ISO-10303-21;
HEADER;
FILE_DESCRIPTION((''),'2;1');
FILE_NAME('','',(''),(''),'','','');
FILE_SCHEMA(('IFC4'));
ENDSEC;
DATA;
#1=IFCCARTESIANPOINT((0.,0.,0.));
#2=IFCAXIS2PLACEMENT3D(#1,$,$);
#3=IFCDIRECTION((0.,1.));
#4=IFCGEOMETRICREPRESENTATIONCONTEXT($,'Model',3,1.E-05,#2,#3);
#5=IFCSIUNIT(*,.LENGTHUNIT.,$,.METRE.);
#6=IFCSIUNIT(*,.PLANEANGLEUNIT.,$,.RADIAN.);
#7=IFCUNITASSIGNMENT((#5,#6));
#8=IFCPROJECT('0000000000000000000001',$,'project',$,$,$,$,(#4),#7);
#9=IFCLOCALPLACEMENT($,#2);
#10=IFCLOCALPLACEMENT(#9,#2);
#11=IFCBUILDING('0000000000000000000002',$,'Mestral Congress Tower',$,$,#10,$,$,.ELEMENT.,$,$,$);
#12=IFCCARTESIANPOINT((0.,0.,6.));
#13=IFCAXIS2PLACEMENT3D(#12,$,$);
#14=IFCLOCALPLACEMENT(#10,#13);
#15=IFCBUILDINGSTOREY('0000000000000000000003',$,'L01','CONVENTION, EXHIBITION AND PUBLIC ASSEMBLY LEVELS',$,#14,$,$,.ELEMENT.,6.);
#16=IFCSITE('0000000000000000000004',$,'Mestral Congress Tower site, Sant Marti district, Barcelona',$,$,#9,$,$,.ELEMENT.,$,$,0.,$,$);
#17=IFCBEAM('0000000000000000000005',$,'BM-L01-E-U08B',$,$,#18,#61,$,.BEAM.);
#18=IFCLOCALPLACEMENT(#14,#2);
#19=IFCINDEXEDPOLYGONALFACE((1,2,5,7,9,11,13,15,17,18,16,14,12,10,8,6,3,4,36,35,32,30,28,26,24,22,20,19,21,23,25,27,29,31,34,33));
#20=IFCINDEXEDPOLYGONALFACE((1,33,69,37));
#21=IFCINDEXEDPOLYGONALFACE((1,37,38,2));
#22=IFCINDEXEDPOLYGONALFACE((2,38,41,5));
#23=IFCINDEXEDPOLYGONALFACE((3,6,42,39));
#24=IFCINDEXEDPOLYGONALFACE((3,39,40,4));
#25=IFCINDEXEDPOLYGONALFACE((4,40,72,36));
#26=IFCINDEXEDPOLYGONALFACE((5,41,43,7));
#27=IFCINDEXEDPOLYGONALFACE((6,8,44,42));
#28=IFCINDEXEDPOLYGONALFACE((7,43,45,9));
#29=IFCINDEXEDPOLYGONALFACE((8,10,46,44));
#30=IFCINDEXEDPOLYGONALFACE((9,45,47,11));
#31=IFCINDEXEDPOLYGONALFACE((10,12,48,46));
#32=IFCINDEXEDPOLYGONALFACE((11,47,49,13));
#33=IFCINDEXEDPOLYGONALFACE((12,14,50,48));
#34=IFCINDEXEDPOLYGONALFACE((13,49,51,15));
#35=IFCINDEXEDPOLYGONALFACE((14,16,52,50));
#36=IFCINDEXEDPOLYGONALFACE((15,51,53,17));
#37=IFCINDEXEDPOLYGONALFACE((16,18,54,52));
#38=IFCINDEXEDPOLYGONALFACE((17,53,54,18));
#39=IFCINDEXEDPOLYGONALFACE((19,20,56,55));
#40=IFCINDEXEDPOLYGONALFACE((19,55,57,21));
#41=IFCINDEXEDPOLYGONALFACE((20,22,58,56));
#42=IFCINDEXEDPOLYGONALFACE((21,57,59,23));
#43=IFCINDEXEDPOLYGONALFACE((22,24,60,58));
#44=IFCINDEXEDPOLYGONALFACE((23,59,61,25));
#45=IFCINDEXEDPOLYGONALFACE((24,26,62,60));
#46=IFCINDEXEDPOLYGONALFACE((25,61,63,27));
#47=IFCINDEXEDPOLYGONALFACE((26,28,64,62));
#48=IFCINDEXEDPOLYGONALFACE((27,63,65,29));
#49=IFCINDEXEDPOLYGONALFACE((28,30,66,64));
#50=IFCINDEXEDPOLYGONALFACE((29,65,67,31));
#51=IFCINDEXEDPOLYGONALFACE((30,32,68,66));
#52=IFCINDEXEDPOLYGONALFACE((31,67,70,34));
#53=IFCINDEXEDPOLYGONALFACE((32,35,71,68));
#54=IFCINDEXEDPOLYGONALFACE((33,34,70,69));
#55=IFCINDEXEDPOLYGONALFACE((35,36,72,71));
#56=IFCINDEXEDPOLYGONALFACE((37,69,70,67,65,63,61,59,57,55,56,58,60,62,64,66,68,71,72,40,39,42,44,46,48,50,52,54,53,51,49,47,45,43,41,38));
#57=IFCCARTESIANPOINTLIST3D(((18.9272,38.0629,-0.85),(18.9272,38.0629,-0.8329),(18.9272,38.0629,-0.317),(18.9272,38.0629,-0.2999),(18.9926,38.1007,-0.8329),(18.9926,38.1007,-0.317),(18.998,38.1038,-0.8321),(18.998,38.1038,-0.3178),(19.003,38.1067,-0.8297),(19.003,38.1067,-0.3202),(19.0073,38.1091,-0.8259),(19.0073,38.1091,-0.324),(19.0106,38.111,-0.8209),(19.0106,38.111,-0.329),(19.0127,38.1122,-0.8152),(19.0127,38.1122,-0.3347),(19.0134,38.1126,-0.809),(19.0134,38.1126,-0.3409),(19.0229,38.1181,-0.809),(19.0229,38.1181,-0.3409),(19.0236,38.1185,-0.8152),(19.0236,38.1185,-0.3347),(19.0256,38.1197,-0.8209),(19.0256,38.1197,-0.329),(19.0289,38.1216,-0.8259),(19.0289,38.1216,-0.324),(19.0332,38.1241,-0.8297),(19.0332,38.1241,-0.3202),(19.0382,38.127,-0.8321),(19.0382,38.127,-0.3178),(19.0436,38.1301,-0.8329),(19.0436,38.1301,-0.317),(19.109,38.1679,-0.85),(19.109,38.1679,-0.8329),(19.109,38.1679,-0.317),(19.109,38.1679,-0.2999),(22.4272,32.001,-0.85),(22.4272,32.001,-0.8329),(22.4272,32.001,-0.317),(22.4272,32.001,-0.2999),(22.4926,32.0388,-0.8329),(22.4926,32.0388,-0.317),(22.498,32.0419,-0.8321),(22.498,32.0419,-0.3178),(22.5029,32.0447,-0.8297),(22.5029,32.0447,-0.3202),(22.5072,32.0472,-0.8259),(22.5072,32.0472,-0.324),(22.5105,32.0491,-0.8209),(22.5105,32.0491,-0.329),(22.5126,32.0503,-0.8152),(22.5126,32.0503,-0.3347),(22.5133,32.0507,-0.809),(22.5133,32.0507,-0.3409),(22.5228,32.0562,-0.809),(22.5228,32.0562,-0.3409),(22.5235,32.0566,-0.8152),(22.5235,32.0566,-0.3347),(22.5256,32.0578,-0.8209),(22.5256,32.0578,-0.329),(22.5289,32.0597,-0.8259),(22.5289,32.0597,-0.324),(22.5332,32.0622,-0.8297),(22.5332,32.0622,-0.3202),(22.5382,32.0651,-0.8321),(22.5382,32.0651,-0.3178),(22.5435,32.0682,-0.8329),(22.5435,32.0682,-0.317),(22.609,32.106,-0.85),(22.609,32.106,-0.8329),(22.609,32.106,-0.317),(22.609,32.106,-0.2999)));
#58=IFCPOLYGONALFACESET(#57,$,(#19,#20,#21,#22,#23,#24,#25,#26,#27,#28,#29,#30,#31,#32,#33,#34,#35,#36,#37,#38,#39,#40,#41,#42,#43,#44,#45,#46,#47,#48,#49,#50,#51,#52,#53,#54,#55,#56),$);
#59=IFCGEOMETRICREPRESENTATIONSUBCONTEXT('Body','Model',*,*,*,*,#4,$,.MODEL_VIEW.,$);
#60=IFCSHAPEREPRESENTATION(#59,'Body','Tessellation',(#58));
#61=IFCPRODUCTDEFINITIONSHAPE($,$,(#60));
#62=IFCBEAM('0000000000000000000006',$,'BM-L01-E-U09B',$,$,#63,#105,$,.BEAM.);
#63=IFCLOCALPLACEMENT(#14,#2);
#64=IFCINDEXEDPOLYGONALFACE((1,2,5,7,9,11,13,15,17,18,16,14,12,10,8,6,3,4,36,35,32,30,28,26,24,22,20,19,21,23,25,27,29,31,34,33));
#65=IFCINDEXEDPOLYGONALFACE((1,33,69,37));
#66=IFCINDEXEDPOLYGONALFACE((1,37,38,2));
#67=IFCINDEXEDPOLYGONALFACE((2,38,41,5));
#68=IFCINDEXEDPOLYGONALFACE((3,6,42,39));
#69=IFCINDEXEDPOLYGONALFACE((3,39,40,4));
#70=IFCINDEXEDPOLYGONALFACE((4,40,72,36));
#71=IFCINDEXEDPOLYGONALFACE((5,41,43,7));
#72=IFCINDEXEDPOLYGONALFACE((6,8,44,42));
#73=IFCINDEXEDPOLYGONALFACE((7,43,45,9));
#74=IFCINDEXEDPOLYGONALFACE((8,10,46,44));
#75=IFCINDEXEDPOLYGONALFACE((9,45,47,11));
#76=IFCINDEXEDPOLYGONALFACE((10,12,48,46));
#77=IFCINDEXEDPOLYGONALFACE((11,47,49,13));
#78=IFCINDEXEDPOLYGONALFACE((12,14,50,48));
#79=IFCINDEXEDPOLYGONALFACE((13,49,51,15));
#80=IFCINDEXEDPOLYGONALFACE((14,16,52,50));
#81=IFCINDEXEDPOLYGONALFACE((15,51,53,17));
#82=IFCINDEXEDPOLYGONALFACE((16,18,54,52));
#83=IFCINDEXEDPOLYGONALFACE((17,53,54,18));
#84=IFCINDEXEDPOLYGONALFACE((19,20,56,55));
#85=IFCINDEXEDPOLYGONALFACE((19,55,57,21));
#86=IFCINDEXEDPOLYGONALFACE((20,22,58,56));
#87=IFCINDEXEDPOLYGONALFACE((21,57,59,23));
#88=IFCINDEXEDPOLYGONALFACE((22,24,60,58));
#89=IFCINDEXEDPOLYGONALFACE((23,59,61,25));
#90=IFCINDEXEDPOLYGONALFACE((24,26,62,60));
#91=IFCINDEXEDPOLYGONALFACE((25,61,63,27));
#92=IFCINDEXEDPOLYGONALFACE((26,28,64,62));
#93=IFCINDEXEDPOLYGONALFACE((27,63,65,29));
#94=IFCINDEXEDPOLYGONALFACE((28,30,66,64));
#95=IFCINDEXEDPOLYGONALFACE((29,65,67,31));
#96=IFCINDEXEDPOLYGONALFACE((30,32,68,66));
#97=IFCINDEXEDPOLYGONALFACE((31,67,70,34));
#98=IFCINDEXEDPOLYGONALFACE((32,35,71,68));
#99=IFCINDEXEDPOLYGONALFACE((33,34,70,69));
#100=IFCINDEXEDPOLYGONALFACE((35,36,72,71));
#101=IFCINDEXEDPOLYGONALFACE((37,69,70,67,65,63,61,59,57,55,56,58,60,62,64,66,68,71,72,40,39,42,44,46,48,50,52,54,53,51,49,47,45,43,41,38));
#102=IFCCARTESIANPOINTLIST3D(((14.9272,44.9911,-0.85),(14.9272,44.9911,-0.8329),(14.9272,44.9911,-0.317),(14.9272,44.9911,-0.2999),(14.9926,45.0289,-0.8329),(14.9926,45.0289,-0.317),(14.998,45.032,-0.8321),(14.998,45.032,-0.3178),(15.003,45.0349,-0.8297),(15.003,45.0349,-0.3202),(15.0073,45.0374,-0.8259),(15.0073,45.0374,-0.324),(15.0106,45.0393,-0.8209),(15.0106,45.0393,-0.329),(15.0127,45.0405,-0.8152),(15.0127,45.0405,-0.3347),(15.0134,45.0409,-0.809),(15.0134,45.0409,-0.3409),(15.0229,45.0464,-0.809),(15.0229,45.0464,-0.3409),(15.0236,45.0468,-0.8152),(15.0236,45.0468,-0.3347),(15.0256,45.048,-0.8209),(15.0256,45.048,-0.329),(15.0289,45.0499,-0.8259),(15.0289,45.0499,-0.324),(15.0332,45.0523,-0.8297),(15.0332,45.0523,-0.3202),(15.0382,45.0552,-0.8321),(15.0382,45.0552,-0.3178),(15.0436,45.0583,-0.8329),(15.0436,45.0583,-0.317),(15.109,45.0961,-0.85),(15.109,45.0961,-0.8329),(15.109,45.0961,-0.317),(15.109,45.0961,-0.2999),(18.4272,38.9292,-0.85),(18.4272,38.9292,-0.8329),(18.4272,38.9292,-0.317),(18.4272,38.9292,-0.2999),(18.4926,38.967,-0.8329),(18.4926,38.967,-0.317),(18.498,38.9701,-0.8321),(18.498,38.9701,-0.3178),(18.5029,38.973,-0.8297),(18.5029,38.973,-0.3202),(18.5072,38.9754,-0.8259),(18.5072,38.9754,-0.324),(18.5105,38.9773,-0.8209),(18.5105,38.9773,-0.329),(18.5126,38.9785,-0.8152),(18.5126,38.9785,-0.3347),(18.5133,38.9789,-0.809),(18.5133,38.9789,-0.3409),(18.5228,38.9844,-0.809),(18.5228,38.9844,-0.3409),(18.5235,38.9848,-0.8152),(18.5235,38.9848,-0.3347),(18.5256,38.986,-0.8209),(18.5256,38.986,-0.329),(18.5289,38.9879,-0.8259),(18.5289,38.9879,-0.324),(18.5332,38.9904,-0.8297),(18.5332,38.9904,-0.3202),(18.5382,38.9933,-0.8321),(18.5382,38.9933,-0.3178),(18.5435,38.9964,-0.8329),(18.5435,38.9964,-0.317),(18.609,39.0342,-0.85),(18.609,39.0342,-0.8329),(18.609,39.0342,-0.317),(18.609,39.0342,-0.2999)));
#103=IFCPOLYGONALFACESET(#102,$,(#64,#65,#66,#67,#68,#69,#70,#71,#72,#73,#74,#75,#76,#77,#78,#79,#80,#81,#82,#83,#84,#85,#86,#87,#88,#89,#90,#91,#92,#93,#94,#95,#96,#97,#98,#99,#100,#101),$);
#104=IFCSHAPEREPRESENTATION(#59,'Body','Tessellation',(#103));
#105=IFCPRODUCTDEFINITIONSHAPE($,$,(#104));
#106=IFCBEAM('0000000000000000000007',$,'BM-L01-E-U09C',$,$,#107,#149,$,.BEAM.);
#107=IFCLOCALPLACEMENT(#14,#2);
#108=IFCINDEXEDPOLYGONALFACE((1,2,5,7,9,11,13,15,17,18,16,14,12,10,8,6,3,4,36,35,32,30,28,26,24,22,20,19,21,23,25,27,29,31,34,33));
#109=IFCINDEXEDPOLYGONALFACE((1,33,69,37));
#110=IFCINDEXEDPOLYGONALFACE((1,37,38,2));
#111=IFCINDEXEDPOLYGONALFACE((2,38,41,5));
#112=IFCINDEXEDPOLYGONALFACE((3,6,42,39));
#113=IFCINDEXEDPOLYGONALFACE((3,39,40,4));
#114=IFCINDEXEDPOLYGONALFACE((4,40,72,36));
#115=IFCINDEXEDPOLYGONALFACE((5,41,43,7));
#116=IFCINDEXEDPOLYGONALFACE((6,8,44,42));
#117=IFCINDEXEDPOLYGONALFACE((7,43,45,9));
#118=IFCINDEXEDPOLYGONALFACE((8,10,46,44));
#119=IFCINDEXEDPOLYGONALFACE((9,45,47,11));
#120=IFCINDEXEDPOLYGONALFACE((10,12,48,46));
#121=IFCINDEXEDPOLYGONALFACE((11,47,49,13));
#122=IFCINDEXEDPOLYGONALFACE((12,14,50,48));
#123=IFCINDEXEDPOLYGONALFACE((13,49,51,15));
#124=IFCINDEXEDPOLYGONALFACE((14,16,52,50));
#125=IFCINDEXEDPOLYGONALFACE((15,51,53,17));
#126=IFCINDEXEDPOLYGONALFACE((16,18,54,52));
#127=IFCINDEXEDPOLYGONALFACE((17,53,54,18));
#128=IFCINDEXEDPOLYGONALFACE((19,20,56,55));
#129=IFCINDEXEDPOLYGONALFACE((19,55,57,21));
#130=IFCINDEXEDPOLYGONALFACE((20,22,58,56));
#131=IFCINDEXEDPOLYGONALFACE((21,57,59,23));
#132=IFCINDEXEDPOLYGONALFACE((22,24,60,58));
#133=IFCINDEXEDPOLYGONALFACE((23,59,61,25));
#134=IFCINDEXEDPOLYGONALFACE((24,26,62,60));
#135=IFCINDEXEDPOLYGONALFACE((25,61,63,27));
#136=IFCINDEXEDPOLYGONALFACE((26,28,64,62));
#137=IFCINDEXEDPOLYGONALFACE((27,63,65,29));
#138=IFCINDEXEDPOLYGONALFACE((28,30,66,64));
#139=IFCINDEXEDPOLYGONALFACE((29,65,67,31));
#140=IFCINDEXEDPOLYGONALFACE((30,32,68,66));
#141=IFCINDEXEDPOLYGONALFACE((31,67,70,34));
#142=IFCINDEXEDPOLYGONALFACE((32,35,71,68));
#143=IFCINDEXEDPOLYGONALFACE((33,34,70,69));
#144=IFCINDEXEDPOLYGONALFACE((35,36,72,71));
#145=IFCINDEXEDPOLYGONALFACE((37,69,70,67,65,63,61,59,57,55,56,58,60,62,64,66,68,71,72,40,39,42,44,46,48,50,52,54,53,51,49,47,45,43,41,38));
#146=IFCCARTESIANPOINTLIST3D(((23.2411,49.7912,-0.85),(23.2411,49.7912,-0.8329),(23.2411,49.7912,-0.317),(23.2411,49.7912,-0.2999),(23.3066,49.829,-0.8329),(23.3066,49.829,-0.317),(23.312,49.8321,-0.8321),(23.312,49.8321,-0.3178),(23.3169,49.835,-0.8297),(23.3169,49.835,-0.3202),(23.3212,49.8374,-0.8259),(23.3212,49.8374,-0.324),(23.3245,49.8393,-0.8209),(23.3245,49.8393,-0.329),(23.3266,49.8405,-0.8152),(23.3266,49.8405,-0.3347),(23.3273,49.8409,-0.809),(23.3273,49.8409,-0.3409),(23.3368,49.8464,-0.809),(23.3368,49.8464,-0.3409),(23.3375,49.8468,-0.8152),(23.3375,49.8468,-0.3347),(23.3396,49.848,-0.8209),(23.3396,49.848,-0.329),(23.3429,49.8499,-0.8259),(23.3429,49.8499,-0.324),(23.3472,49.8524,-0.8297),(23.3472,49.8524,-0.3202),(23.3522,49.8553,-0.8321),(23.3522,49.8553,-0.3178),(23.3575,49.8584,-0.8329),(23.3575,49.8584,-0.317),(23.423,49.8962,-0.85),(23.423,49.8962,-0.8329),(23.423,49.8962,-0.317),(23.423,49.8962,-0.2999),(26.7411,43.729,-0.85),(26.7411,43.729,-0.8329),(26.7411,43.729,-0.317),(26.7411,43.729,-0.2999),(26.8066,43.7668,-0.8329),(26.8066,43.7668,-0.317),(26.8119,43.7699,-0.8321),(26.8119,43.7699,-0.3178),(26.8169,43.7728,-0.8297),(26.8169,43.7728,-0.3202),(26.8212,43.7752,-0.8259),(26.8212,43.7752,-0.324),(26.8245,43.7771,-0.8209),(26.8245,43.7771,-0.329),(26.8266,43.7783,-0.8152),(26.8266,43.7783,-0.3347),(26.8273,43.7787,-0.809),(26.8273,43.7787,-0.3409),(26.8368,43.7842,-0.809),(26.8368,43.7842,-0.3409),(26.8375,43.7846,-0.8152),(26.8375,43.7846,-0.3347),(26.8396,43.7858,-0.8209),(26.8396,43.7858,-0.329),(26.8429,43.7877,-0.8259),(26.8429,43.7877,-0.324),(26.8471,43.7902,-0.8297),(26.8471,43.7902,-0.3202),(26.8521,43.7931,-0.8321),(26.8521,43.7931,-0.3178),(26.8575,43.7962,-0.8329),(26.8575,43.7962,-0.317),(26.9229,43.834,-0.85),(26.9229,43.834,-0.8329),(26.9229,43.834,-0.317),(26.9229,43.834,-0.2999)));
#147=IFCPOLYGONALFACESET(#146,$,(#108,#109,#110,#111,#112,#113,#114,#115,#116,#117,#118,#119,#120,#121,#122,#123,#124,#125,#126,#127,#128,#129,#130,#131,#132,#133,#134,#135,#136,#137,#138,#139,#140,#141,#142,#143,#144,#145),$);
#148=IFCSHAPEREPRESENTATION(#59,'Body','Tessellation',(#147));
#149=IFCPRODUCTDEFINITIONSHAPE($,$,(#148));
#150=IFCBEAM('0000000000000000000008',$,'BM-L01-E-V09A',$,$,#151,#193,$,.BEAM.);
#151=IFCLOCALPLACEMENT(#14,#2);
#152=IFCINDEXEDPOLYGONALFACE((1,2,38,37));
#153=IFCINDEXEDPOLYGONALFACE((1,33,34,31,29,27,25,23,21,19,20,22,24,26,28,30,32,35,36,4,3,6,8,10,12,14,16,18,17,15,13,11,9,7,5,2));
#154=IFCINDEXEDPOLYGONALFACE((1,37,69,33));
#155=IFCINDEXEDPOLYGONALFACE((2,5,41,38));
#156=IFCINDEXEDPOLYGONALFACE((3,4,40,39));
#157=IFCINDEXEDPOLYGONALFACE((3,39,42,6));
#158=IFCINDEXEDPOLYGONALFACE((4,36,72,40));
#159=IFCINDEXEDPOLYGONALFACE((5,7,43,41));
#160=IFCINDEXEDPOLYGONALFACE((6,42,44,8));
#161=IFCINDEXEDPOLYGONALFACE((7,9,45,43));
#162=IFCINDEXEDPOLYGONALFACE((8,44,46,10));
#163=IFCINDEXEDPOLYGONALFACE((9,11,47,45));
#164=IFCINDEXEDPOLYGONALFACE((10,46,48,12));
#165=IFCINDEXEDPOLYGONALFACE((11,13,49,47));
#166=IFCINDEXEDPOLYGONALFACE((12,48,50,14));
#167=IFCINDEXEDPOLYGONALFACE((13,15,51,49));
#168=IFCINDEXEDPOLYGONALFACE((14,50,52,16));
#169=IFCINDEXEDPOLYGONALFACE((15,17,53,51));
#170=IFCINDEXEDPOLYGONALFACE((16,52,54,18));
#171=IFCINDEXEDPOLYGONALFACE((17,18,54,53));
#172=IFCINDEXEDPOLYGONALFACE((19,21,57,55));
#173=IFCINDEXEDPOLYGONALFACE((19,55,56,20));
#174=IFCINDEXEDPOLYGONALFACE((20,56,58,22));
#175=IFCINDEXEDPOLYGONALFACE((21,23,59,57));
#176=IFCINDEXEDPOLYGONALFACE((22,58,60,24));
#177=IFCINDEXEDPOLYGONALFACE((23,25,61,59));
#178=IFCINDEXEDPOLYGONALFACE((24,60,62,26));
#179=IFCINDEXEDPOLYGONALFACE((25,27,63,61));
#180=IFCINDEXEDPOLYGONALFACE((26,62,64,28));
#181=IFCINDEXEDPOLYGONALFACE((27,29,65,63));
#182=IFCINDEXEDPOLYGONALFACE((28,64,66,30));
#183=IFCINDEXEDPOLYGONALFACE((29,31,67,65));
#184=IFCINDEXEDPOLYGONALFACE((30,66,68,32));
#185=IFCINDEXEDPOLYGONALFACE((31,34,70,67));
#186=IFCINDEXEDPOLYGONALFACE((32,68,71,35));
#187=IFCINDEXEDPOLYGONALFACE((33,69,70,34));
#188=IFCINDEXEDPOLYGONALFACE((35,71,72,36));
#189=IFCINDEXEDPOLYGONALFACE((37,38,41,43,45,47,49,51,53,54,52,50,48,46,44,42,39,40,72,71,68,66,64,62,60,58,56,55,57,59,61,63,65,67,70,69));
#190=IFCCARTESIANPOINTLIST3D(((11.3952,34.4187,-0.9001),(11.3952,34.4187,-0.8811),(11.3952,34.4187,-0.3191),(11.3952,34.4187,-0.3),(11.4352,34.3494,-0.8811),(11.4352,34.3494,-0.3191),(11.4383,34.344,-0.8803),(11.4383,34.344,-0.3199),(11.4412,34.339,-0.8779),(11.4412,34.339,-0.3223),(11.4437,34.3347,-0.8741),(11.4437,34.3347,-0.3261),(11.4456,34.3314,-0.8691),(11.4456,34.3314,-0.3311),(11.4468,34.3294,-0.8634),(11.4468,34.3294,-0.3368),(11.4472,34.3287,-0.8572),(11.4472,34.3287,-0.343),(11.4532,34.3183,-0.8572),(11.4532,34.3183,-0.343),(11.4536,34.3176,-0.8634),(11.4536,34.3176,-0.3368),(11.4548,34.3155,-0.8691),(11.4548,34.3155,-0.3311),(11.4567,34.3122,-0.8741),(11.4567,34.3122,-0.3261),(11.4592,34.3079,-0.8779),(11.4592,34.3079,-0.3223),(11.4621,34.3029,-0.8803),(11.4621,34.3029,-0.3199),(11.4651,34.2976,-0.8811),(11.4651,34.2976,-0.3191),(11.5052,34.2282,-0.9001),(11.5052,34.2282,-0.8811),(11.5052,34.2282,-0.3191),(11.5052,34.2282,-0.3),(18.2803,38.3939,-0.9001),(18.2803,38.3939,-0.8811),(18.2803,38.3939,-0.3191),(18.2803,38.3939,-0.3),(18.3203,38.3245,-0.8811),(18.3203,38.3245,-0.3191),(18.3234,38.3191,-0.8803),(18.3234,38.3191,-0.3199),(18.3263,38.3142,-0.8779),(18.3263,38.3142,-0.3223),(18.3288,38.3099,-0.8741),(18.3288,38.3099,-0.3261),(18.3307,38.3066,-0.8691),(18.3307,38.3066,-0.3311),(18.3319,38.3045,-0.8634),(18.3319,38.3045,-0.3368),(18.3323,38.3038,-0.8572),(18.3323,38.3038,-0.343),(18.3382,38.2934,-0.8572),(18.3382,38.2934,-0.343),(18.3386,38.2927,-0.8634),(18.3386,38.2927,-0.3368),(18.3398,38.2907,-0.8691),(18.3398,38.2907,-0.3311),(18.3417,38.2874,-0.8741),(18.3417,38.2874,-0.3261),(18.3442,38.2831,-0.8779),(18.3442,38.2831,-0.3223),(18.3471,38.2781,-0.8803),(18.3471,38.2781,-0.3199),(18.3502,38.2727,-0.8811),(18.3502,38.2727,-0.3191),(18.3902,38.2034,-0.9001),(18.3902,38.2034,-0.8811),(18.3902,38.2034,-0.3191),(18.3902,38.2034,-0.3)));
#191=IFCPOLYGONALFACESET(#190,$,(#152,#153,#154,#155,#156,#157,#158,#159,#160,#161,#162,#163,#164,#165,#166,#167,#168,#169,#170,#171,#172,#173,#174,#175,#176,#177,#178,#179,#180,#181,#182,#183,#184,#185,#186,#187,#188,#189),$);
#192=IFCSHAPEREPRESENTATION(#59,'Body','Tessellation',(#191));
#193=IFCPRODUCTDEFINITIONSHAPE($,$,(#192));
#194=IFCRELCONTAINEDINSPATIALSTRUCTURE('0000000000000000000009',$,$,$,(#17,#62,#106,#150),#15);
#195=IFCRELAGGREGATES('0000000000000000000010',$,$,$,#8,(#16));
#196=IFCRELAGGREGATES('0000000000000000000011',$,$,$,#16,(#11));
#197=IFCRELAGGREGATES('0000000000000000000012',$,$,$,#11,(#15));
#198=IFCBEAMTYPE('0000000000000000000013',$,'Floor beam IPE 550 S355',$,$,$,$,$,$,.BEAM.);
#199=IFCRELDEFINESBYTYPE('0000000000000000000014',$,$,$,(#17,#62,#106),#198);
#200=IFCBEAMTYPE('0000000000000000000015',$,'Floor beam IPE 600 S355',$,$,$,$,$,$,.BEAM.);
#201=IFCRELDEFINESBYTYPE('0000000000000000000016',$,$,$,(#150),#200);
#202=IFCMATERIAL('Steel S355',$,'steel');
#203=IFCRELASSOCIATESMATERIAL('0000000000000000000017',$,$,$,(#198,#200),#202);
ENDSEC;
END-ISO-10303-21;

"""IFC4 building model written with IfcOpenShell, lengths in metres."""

from ifc_helpers import new_model, si_unit, direction, frame, origin, origin_2d, place, context, subcontext, project, spatial, i_section, extrude, material, material_profile, profile_set, type_object, element, save


model = new_model("IFC4")

# Units and contexts
model_context = context("Model", 3, precision=1e-05, world=origin(), true_north=direction((0.0, 1.0)))
body_context = subcontext(model_context, "Body", "Model", "MODEL_VIEW")
ifc_project = project(units=[si_unit("LENGTHUNIT", "METRE"), si_unit("PLANEANGLEUNIT", "RADIAN")], contexts=[model_context])

# Site, building, storey
site_placement = place(None, origin())
site = spatial("IfcSite", under=ifc_project, at=site_placement, Name="Mestral Congress Tower site, Sant Marti district, Barcelona", CompositionType="ELEMENT", RefElevation=0.0)
building_placement = place(site_placement, origin())
building = spatial("IfcBuilding", under=site, at=building_placement, Name="Mestral Congress Tower", CompositionType="ELEMENT")
storey_placement = place(building_placement, frame((0.0, 0.0, 6.0)))
storey = spatial("IfcBuildingStorey", under=building, at=storey_placement, Name="L01", Description="CONVENTION, EXHIBITION AND PUBLIC ASSEMBLY LEVELS", CompositionType="ELEMENT", Elevation=6.0)

# Beams
ifc_material_1 = material(Name="Steel S355", Category="steel")
ifc_material_profile_1 = material_profile(ifc_material_1, i_section(OverallWidth=0.21, OverallDepth=0.55, WebThickness=0.011, FlangeThickness=0.0171, FilletRadius=0.0239, at=origin_2d()), Name="IPE 550")
ifc_profile_set_1 = profile_set([ifc_material_profile_1], Name="Steel S355")
beam_type_1 = type_object("IfcBeamType", Name="Floor beam IPE 550 S355", PredefinedType="BEAM", material=ifc_profile_set_1)
for number, where, z_axis, x_axis, name in (
    (1, (22.5181, 32.0535, -0.575), (-0.50001, 0.866019, 0.0), (-0.866019, -0.50001, 0.0), "BM-L01-E-U08B"),
    (2, (18.5181, 38.9817, -0.575), (-0.50001, 0.866019, 0.0), (-0.866019, -0.50001, 0.0), "BM-L01-E-U09B"),
):
    element("IfcBeam", number, at=place(storey_placement, frame(where, z_axis=z_axis, x_axis=x_axis)), inside=storey, type_object=beam_type_1, Name=name, PredefinedType="BEAM", context=body_context, shape_type="SweptSolid", body=[
        extrude(i_section(OverallWidth=0.21, OverallDepth=0.55, WebThickness=0.011, FlangeThickness=0.0171, FilletRadius=0.0239, at=origin_2d()), origin(), (0.0, 0.0, 1.0), 6.9998),
    ])
beam_1_placement = place(storey_placement, frame((26.832, 43.7815, -0.575), z_axis=(-0.499995, 0.866028, 0.0), x_axis=(-0.866028, -0.499995, 0.0)))
element("IfcBeam", 3, at=beam_1_placement, inside=storey, type_object=beam_type_1, Name="BM-L01-E-U09C", PredefinedType="BEAM", context=body_context, shape_type="SweptSolid", body=[
    extrude(i_section(OverallWidth=0.21, OverallDepth=0.55, WebThickness=0.011, FlangeThickness=0.0171, FilletRadius=0.0239, at=origin_2d()), origin(), (0.0, 0.0, 1.0), 7.0),
])
ifc_material_profile_2 = material_profile(ifc_material_1, i_section(OverallWidth=0.22, OverallDepth=0.6001, WebThickness=0.012, FlangeThickness=0.019, FilletRadius=0.0239, at=origin_2d()), Name="IPE 600")
ifc_profile_set_2 = profile_set([ifc_material_profile_2], Name="Steel S355")
beam_type_2 = type_object("IfcBeamType", Name="Floor beam IPE 600 S355", PredefinedType="BEAM", material=ifc_profile_set_2)
for number, where, z_axis, x_axis, name in (
    (4, (11.4502, 34.3235, -0.6001), (0.866023, 0.500003, 0.0), (-0.500003, 0.866023, 0.0), "BM-L01-E-V09A"),
):
    element("IfcBeam", number, at=place(storey_placement, frame(where, z_axis=z_axis, x_axis=x_axis)), inside=storey, type_object=beam_type_2, Name=name, PredefinedType="BEAM", context=body_context, shape_type="SweptSolid", body=[
        extrude(i_section(OverallWidth=0.22, OverallDepth=0.6001, WebThickness=0.012, FlangeThickness=0.019, FilletRadius=0.0239, at=origin_2d()), origin(), (0.0, 0.0, 1.0), 7.9502),
    ])

save(model, "model.ifc")
